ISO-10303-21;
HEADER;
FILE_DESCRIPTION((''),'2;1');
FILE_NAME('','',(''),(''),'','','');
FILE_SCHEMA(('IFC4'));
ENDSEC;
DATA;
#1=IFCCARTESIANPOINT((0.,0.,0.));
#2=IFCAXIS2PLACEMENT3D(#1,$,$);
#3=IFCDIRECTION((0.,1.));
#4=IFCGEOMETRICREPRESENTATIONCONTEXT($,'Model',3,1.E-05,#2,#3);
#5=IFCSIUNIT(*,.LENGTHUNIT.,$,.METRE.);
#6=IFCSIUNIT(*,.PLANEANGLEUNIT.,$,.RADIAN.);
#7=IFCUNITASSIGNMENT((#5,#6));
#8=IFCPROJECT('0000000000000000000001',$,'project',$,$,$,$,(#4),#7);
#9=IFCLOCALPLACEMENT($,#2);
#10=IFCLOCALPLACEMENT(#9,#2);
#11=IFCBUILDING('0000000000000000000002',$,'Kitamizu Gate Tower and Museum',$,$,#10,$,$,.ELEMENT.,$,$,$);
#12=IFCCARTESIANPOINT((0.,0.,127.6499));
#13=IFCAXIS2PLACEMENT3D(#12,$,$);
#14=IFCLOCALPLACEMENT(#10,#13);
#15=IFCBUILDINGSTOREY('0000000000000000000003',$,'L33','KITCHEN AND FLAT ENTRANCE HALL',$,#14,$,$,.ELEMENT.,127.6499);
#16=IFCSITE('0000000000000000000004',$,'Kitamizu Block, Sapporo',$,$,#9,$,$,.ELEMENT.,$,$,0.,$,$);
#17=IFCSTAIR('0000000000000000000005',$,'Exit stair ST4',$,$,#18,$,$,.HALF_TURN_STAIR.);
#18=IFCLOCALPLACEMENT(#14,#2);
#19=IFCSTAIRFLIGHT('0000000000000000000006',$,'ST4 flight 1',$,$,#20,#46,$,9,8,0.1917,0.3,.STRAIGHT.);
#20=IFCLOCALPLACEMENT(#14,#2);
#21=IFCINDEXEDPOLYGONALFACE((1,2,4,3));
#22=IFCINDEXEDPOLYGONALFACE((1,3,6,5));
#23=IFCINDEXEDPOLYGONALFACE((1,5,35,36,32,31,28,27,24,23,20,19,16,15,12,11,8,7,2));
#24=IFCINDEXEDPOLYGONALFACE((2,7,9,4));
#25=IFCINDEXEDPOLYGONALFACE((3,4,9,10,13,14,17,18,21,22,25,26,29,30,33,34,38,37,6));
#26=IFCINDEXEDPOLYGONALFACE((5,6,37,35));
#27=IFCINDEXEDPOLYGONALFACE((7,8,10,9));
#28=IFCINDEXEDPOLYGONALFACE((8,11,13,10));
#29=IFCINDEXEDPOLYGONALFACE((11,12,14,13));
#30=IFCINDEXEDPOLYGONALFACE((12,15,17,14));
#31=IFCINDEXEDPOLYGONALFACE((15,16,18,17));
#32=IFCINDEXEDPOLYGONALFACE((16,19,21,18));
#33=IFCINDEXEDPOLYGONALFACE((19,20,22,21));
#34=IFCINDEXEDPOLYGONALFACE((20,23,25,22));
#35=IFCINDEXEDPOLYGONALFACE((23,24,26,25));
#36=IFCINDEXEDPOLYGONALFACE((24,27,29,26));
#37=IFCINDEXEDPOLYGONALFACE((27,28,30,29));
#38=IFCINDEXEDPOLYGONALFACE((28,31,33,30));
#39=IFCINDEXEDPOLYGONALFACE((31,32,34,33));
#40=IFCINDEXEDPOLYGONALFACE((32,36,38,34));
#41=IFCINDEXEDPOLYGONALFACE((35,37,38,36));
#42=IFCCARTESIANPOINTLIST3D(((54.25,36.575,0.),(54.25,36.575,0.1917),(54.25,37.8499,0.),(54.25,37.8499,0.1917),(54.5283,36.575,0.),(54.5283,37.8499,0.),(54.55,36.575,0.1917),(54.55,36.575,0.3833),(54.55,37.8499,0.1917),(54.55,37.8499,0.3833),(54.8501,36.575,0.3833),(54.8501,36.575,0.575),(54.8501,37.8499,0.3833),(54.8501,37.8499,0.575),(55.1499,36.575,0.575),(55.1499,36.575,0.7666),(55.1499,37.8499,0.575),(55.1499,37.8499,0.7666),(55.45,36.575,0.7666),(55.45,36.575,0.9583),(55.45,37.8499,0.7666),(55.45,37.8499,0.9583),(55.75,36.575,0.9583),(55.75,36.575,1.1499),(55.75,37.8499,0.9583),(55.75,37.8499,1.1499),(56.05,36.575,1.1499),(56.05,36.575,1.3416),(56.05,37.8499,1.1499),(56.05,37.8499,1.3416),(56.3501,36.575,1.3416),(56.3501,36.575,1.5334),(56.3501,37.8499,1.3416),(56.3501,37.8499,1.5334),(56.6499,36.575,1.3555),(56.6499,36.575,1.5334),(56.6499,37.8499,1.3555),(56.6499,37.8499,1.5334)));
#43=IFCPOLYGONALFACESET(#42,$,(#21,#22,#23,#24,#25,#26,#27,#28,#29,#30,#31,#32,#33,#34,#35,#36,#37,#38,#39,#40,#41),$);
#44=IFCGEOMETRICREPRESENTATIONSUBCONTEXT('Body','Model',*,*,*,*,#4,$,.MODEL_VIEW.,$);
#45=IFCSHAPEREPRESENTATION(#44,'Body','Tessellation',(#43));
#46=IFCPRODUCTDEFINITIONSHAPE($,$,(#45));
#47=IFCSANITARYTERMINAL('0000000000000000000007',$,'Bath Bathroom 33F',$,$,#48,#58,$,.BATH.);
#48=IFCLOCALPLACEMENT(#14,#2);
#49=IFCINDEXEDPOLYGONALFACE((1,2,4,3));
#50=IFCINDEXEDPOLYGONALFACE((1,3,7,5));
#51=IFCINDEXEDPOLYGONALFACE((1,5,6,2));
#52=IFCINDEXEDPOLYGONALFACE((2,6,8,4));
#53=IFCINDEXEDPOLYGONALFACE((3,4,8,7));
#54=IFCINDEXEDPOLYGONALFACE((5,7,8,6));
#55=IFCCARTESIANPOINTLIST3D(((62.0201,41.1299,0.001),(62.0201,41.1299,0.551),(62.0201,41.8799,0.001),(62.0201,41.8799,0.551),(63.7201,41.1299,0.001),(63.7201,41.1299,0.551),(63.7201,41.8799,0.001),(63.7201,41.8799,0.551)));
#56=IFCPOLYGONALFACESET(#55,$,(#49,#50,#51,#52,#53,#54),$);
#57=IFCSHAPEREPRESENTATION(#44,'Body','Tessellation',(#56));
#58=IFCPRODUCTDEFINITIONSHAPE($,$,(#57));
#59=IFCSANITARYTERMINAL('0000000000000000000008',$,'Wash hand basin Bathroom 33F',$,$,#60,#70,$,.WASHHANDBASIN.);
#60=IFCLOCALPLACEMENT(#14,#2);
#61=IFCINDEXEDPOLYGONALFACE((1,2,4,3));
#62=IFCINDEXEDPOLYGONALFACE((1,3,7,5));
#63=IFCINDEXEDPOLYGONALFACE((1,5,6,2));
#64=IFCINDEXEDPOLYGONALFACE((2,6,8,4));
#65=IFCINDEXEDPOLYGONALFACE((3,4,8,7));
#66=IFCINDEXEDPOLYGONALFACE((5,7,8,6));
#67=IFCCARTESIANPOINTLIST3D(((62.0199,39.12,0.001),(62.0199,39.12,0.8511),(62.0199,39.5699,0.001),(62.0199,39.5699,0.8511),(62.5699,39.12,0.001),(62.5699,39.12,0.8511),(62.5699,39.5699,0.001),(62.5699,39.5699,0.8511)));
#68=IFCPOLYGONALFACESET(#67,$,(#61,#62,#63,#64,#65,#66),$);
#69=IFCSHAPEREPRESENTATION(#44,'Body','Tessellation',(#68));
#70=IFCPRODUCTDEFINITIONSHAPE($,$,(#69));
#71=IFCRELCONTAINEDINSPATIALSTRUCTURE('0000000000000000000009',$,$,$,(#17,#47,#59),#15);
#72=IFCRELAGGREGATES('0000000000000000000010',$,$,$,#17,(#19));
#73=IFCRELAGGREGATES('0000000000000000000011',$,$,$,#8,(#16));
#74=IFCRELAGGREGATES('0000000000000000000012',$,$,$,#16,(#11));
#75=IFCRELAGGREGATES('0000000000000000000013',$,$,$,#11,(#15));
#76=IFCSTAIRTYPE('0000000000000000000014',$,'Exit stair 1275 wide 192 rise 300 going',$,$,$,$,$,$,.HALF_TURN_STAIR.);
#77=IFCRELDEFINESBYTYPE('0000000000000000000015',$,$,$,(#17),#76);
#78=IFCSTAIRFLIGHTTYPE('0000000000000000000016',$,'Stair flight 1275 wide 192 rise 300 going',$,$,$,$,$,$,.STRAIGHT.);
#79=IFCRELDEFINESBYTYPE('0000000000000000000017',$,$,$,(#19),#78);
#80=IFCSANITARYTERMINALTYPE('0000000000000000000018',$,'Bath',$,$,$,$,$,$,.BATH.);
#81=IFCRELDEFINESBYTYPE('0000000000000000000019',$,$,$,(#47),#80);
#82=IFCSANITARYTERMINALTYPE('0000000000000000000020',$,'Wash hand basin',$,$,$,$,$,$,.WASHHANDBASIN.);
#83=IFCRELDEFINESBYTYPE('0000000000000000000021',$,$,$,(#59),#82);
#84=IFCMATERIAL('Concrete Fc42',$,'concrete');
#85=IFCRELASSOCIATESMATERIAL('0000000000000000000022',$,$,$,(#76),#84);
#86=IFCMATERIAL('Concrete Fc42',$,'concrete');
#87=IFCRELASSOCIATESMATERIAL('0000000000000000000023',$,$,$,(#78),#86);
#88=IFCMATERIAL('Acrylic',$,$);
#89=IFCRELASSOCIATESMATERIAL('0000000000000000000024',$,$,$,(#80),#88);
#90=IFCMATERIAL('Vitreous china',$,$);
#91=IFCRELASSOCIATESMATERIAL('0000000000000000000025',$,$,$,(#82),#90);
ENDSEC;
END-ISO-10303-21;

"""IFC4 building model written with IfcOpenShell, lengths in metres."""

from ifc_helpers import new_model, si_unit, direction, frame, origin, origin_2d, place, context, subcontext, project, spatial, polyline, rectangle, outline, extrude, material, type_object, element, aggregate, save


model = new_model("IFC4")

# Units and contexts
model_context = context("Model", 3, precision=1e-05, world=origin(), true_north=direction((0.0, 1.0)))
body_context = subcontext(model_context, "Body", "Model", "MODEL_VIEW")
ifc_project = project(units=[si_unit("LENGTHUNIT", "METRE"), si_unit("PLANEANGLEUNIT", "RADIAN")], contexts=[model_context])

# Site, building, storey
site_placement = place(None, origin())
site = spatial("IfcSite", under=ifc_project, at=site_placement, Name="Kitamizu Block, Sapporo", CompositionType="ELEMENT", RefElevation=0.0)
building_placement = place(site_placement, origin())
building = spatial("IfcBuilding", under=site, at=building_placement, Name="Kitamizu Gate Tower and Museum", CompositionType="ELEMENT")
storey_placement = place(building_placement, frame((0.0, 0.0, 127.6499)))
storey = spatial("IfcBuildingStorey", under=building, at=storey_placement, Name="L33", Description="KITCHEN AND FLAT ENTRANCE HALL", CompositionType="ELEMENT", Elevation=127.6499)

# Stair, stair flight
ifc_material_1 = material(Name="Concrete Fc42", Category="concrete")
stair_type = type_object("IfcStairType", Name="Exit stair 1275 wide 192 rise 300 going", PredefinedType="HALF_TURN_STAIR", material=ifc_material_1)
stair_placement = place(storey_placement, origin())
stair = element("IfcStair", 1, at=stair_placement, inside=storey, type_object=stair_type, Name="Exit stair ST4", PredefinedType="HALF_TURN_STAIR")
ifc_material_2 = material(Name="Concrete Fc42", Category="concrete")
stair_flight_type = type_object("IfcStairFlightType", Name="Stair flight 1275 wide 192 rise 300 going", PredefinedType="STRAIGHT", material=ifc_material_2)
stair_flight_placement = place(storey_placement, frame((54.25, 37.2124, 0.0), z_axis=(0.0, 0.0, 1.0), x_axis=(1.0, 0.0, 0.0)))
stair_flight = element("IfcStairFlight", 2, at=stair_flight_placement, type_object=stair_flight_type, Name="ST4 flight 1", NumberOfRisers=9, NumberOfTreads=8, PredefinedType="STRAIGHT", RiserHeight=0.1917, TreadLength=0.3, context=body_context, shape_type="SweptSolid", body=[
    extrude(outline(polyline([(0.0, 0.0), (0.0, 0.1917), (0.3, 0.1917), (0.3, 0.3833), (0.6001, 0.3833), (0.6001, 0.575), (0.8999, 0.575), (0.8999, 0.7666), (1.2, 0.7666), (1.2, 0.9583), (1.5, 0.9583), (1.5, 1.1499), (1.8, 1.1499), (1.8, 1.3416), (2.1001, 1.3416), (2.1001, 1.5334), (2.3999, 1.5334), (2.3999, 1.7251), (2.3999, 1.3555), (0.2783, 0.0), (0.0, 0.0)])), frame((0.0, 0.6375, 0.0), z_axis=(0.0, -1.0, 0.0), x_axis=(1.0, 0.0, 0.0)), (0.0, 0.0, 1.0), 1.2749),
])
aggregate(stair, [stair_flight])

# Sanitary terminals
ifc_material_3 = material(Name="Acrylic")
sanitary_terminal_type_1 = type_object("IfcSanitaryTerminalType", Name="Bath", PredefinedType="BATH", material=ifc_material_3)
sanitary_terminal_1_placement = place(storey_placement, frame((62.8701, 41.5049, 0.001), z_axis=(0.0, 0.0, 1.0), x_axis=(1.0, 0.0, 0.0)))
element("IfcSanitaryTerminal", 3, at=sanitary_terminal_1_placement, inside=storey, type_object=sanitary_terminal_type_1, Name="Bath Bathroom 33F", PredefinedType="BATH", context=body_context, shape_type="SweptSolid", body=[
    extrude(rectangle(XDim=1.7, YDim=0.75, at=origin_2d()), origin(), (0.0, 0.0, 1.0), 0.55),
])
ifc_material_4 = material(Name="Vitreous china")
sanitary_terminal_type_2 = type_object("IfcSanitaryTerminalType", Name="Wash hand basin", PredefinedType="WASHHANDBASIN", material=ifc_material_4)
sanitary_terminal_2_placement = place(storey_placement, frame((62.2949, 39.345, 0.001), z_axis=(0.0, 0.0, 1.0), x_axis=(1.0, 0.0, 0.0)))
element("IfcSanitaryTerminal", 4, at=sanitary_terminal_2_placement, inside=storey, type_object=sanitary_terminal_type_2, Name="Wash hand basin Bathroom 33F", PredefinedType="WASHHANDBASIN", context=body_context, shape_type="SweptSolid", body=[
    extrude(rectangle(XDim=0.55, YDim=0.45, at=origin_2d()), origin(), (0.0, 0.0, 1.0), 0.8501),
])

save(model, "model.ifc")
